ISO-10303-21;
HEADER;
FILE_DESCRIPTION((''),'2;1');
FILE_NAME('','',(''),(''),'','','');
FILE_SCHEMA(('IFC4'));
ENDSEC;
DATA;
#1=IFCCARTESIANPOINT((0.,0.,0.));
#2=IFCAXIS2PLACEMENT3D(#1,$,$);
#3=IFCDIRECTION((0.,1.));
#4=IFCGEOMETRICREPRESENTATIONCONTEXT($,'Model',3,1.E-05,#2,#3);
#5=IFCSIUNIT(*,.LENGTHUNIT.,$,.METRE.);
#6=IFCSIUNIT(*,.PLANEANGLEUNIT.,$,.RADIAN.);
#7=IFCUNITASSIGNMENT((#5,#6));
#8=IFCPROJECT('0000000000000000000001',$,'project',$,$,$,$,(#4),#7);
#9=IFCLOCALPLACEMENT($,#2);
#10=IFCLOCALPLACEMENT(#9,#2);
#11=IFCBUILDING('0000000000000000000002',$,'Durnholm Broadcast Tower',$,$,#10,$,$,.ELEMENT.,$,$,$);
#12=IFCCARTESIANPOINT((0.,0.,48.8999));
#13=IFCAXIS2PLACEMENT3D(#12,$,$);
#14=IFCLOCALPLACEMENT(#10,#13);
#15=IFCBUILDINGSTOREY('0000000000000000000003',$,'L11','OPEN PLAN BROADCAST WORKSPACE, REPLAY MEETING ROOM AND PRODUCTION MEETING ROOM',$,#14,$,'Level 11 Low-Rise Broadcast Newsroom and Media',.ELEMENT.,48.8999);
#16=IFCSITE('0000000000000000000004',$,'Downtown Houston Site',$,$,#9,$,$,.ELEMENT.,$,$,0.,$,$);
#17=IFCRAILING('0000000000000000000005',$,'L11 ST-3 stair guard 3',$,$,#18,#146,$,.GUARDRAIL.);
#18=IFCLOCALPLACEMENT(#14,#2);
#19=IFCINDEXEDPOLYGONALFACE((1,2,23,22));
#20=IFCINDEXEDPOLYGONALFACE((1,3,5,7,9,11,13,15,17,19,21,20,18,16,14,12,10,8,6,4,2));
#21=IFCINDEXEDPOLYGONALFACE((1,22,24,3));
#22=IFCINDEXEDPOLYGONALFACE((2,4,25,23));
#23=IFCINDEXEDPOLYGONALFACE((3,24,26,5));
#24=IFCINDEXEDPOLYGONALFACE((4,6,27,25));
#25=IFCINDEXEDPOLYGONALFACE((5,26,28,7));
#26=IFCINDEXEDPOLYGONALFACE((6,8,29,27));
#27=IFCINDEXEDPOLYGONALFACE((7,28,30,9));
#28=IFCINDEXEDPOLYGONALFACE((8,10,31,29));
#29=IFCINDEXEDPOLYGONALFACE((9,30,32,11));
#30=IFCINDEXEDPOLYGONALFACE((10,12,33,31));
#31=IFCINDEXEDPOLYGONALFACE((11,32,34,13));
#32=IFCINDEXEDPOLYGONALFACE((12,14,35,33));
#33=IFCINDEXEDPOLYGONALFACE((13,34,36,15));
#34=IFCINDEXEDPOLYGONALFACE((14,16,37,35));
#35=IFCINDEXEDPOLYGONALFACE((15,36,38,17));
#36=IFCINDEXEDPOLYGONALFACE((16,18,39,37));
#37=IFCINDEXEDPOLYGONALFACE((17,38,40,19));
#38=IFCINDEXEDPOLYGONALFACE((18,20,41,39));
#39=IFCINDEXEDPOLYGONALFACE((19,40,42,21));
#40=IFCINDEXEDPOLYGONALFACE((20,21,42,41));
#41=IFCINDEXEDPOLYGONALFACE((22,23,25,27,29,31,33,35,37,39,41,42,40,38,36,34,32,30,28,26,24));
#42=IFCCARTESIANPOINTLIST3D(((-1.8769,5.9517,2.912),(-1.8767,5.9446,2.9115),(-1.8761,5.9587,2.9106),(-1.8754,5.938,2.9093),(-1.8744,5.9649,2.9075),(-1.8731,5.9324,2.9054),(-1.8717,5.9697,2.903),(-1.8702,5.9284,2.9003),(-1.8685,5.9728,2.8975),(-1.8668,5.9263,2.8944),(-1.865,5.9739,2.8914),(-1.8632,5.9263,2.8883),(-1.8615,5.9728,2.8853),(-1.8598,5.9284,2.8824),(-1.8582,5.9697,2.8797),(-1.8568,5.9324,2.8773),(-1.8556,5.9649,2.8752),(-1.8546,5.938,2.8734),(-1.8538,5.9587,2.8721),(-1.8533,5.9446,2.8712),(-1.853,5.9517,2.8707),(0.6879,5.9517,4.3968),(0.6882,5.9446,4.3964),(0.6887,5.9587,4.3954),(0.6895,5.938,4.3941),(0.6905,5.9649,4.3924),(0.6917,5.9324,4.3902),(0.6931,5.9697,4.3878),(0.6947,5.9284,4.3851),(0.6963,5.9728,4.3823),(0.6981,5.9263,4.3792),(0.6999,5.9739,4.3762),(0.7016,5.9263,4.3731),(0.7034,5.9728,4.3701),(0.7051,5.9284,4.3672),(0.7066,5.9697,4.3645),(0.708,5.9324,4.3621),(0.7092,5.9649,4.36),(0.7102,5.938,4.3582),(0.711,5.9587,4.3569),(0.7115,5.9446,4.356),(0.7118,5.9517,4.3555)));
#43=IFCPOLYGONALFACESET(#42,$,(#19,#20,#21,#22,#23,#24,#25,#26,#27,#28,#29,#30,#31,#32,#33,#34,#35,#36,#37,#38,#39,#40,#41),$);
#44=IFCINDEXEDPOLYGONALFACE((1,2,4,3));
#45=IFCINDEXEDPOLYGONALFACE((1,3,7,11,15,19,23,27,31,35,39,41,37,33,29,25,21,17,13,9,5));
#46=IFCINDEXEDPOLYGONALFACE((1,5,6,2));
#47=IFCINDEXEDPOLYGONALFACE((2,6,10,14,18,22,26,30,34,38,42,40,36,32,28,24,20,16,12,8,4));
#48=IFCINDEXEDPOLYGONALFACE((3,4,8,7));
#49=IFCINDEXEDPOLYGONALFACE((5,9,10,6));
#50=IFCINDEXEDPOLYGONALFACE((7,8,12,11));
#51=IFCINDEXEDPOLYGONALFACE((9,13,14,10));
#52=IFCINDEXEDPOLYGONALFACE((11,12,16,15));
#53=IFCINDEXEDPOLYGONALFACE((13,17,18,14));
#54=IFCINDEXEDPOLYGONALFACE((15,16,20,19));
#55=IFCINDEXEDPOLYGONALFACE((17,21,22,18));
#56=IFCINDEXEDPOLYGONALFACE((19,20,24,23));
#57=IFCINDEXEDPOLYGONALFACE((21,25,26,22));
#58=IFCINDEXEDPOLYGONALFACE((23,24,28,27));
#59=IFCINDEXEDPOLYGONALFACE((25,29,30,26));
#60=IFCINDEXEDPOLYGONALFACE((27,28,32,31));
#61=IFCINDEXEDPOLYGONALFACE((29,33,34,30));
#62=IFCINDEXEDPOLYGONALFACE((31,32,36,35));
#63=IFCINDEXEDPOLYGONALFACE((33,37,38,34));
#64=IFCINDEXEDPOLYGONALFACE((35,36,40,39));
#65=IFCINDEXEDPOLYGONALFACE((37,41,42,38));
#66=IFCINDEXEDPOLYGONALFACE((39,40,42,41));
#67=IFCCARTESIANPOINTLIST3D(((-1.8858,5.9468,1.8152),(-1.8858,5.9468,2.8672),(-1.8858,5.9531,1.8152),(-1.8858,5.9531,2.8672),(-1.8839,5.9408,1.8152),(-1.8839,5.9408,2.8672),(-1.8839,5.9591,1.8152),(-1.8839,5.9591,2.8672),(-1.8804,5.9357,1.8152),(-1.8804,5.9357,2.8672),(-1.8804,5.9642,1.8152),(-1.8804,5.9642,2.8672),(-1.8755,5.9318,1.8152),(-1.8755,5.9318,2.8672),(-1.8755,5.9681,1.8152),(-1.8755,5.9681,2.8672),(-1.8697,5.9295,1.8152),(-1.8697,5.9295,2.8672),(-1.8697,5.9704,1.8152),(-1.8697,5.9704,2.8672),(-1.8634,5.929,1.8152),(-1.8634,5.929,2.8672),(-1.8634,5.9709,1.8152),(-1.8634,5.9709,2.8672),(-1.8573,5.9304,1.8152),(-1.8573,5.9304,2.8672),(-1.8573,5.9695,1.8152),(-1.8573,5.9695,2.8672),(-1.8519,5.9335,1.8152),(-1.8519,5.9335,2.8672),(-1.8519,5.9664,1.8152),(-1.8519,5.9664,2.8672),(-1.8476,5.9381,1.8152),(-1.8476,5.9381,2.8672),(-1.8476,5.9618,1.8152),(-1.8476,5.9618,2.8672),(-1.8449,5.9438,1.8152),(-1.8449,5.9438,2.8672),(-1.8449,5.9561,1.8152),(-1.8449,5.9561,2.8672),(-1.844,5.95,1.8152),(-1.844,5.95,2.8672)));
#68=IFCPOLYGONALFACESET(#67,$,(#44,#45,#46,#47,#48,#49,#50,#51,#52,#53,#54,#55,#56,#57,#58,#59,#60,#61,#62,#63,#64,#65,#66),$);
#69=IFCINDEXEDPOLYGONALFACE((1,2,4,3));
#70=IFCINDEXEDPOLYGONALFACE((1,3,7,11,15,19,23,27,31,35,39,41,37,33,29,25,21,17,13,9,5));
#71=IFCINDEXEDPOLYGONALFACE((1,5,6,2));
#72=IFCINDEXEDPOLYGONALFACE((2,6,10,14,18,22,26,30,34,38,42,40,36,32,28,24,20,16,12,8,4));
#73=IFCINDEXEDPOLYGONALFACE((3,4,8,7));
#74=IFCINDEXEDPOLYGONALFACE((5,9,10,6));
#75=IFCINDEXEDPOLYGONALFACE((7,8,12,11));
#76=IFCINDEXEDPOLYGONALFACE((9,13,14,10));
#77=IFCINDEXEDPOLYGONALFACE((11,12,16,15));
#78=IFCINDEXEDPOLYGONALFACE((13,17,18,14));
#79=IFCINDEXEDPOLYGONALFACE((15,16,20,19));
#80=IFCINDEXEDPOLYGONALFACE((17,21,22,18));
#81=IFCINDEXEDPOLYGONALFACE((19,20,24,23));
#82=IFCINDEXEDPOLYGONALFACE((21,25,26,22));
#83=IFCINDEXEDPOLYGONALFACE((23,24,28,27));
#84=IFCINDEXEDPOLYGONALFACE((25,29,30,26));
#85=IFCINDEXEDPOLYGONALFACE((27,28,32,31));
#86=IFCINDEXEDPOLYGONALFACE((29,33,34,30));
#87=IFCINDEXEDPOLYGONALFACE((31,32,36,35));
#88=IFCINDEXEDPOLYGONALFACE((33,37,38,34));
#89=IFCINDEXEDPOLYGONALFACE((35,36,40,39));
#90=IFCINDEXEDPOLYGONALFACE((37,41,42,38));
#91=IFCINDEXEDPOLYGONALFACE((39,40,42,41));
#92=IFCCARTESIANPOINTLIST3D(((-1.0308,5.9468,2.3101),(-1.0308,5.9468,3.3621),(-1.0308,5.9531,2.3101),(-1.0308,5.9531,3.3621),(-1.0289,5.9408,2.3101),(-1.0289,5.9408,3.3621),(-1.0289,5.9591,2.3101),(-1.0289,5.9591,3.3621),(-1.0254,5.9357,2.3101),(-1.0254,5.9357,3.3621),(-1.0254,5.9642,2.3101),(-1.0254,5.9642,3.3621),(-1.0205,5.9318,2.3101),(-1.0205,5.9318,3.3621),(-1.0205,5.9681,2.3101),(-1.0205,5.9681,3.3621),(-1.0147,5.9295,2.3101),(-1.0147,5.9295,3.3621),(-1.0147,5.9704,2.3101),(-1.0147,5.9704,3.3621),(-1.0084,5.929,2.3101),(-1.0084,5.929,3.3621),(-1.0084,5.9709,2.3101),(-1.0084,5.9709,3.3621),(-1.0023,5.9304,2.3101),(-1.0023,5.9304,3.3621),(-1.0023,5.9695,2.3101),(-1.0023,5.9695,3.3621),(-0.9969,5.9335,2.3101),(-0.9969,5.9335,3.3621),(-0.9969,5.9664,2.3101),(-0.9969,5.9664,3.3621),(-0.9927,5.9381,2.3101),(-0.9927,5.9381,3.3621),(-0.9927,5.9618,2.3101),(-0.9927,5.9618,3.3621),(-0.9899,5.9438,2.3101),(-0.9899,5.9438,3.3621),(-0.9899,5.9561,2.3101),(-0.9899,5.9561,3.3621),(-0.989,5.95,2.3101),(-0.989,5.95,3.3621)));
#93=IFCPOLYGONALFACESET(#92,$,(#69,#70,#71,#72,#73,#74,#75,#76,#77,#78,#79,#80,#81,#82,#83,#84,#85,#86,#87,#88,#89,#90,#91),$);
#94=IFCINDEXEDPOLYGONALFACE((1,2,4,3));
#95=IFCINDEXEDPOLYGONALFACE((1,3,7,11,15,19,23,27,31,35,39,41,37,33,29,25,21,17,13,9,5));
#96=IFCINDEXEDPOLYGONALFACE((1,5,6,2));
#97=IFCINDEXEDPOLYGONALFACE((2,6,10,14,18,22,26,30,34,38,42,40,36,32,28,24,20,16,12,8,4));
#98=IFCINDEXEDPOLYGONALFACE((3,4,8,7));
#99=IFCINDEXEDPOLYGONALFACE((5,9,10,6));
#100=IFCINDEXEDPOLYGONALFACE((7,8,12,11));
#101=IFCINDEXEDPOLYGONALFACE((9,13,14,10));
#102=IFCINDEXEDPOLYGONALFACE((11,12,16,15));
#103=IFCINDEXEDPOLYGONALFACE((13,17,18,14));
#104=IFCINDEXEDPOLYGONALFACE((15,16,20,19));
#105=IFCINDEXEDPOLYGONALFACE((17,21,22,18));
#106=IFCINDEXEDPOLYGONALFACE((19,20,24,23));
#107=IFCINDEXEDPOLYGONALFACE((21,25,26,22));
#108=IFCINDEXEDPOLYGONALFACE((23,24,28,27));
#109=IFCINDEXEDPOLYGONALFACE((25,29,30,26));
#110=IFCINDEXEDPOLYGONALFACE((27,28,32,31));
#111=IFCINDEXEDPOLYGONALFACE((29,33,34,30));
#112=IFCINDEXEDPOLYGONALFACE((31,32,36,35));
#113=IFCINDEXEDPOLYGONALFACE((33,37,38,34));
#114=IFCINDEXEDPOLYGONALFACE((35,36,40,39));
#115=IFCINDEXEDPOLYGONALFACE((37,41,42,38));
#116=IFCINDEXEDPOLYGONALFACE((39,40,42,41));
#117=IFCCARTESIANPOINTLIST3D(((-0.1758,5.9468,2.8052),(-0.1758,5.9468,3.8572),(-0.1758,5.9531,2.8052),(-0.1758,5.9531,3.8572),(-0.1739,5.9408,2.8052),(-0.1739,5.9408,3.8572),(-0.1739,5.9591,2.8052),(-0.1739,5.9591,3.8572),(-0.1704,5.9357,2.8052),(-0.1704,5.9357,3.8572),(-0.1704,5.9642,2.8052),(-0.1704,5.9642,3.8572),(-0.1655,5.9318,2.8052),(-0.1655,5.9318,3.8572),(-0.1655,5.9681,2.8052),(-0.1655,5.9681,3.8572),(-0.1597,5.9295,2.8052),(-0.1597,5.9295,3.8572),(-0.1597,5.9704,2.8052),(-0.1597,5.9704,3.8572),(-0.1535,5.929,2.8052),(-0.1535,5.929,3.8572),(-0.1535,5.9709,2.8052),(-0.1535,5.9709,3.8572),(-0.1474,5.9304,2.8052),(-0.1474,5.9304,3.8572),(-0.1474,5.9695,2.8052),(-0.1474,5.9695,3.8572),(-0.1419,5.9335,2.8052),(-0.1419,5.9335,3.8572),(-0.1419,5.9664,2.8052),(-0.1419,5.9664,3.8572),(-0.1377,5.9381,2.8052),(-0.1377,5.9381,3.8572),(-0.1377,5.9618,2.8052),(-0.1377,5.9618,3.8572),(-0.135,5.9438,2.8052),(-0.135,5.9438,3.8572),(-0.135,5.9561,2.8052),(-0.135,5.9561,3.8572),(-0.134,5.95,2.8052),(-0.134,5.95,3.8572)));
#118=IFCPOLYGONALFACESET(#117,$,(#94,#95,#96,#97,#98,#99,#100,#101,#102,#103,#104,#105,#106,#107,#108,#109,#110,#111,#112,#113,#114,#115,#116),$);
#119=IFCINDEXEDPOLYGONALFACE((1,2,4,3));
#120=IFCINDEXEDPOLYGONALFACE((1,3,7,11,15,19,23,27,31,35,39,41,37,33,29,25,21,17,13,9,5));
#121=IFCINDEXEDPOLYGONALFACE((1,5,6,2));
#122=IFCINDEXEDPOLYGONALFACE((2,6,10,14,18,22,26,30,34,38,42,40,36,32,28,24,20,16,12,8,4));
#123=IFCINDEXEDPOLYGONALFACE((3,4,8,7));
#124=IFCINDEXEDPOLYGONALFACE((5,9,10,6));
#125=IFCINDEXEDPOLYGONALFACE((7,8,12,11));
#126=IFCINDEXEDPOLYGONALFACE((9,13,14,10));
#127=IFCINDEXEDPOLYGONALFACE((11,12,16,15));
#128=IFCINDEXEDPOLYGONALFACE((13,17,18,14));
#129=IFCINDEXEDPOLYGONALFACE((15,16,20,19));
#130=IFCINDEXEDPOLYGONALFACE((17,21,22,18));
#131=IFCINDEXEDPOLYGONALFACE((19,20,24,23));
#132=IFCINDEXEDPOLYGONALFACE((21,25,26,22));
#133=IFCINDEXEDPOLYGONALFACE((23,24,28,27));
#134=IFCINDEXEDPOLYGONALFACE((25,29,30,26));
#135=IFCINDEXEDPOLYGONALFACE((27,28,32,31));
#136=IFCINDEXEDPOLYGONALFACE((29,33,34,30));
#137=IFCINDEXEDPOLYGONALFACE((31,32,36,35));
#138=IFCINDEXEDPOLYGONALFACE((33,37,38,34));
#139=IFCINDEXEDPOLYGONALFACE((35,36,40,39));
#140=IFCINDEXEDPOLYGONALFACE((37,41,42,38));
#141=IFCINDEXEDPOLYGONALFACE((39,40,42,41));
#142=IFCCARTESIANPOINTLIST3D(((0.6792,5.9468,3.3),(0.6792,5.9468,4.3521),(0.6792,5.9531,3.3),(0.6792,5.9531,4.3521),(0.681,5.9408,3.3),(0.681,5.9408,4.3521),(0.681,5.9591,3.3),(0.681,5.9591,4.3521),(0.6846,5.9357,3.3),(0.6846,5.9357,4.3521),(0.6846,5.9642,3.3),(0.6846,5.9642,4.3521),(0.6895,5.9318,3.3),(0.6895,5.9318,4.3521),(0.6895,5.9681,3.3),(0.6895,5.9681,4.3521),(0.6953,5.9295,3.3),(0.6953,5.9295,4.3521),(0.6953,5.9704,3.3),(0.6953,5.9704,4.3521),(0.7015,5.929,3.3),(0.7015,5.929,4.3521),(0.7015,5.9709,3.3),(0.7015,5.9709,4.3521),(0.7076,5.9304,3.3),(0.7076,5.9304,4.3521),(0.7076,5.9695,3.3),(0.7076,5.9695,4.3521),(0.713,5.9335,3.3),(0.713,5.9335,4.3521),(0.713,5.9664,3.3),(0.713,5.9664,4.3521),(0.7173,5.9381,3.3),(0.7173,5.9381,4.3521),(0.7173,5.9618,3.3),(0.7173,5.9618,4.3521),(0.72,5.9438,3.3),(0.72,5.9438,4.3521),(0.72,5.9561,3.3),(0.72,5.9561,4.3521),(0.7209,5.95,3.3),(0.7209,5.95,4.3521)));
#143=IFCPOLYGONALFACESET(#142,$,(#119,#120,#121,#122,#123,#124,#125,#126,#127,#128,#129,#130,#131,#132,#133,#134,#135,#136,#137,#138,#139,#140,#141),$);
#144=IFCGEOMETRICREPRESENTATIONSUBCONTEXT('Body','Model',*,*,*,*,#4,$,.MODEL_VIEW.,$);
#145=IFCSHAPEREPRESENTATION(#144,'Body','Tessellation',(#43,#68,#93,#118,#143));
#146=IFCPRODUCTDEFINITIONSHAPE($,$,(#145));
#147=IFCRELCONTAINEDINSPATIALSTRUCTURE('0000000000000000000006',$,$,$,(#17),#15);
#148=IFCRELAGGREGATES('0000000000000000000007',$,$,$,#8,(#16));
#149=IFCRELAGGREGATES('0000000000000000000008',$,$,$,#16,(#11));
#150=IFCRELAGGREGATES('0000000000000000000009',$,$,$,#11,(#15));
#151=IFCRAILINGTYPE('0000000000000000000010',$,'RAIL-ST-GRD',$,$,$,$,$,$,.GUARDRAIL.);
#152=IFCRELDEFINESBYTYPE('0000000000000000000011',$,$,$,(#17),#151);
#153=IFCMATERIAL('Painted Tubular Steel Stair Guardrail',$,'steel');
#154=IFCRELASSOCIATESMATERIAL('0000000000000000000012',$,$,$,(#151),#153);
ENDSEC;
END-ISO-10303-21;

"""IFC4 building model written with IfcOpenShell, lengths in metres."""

from ifc_helpers import new_model, si_unit, direction, frame, origin, origin_2d, place, context, subcontext, project, spatial, circle, extrude, material, type_object, element, save


model = new_model("IFC4")

# Units and contexts
model_context = context("Model", 3, precision=1e-05, world=origin(), true_north=direction((0.0, 1.0)))
body_context = subcontext(model_context, "Body", "Model", "MODEL_VIEW")
ifc_project = project(units=[si_unit("LENGTHUNIT", "METRE"), si_unit("PLANEANGLEUNIT", "RADIAN")], contexts=[model_context])

# Site, building, storey
site_placement = place(None, origin())
site = spatial("IfcSite", under=ifc_project, at=site_placement, Name="Downtown Houston Site", CompositionType="ELEMENT", RefElevation=0.0)
building_placement = place(site_placement, origin())
building = spatial("IfcBuilding", under=site, at=building_placement, Name="Durnholm Broadcast Tower", CompositionType="ELEMENT")
storey_placement = place(building_placement, frame((0.0, 0.0, 48.8999)))
storey = spatial("IfcBuildingStorey", under=building, at=storey_placement, Name="L11", Description="OPEN PLAN BROADCAST WORKSPACE, REPLAY MEETING ROOM AND PRODUCTION MEETING ROOM", LongName="Level 11 Low-Rise Broadcast Newsroom and Media", CompositionType="ELEMENT", Elevation=48.8999)

# Railing
ifc_material_1 = material(Name="Painted Tubular Steel Stair Guardrail", Category="steel")
railing_type_1 = type_object("IfcRailingType", Name="RAIL-ST-GRD", PredefinedType="GUARDRAIL", material=ifc_material_1)
railing_1_placement = place(storey_placement, frame((-1.865, 5.95, 1.8152)))
element("IfcRailing", 1, at=railing_1_placement, inside=storey, type_object=railing_type_1, Name="L11 ST-3 stair guard 3", PredefinedType="GUARDRAIL", context=body_context, shape_type="SweptSolid", body=[
    extrude(circle(Radius=0.0239, at=origin_2d()), frame((0.0, 0.0, 1.0762), z_axis=(0.865441, 0.0, 0.50101), x_axis=(0.0, 1.0, 0.0)), (0.0, 0.0, 1.0), 2.9636),
    extrude(circle(Radius=0.021, at=origin_2d()), origin(), (0.0, 0.0, 1.0), 1.052),
    extrude(circle(Radius=0.021, at=origin_2d()), frame((0.855, 0.0, 0.4949)), (0.0, 0.0, 1.0), 1.052),
    extrude(circle(Radius=0.021, at=origin_2d()), frame((1.71, 0.0, 0.99)), (0.0, 0.0, 1.0), 1.052),
    extrude(circle(Radius=0.021, at=origin_2d()), frame((2.5649, 0.0, 1.4849)), (0.0, 0.0, 1.0), 1.052),
])

save(model, "model.ifc")
